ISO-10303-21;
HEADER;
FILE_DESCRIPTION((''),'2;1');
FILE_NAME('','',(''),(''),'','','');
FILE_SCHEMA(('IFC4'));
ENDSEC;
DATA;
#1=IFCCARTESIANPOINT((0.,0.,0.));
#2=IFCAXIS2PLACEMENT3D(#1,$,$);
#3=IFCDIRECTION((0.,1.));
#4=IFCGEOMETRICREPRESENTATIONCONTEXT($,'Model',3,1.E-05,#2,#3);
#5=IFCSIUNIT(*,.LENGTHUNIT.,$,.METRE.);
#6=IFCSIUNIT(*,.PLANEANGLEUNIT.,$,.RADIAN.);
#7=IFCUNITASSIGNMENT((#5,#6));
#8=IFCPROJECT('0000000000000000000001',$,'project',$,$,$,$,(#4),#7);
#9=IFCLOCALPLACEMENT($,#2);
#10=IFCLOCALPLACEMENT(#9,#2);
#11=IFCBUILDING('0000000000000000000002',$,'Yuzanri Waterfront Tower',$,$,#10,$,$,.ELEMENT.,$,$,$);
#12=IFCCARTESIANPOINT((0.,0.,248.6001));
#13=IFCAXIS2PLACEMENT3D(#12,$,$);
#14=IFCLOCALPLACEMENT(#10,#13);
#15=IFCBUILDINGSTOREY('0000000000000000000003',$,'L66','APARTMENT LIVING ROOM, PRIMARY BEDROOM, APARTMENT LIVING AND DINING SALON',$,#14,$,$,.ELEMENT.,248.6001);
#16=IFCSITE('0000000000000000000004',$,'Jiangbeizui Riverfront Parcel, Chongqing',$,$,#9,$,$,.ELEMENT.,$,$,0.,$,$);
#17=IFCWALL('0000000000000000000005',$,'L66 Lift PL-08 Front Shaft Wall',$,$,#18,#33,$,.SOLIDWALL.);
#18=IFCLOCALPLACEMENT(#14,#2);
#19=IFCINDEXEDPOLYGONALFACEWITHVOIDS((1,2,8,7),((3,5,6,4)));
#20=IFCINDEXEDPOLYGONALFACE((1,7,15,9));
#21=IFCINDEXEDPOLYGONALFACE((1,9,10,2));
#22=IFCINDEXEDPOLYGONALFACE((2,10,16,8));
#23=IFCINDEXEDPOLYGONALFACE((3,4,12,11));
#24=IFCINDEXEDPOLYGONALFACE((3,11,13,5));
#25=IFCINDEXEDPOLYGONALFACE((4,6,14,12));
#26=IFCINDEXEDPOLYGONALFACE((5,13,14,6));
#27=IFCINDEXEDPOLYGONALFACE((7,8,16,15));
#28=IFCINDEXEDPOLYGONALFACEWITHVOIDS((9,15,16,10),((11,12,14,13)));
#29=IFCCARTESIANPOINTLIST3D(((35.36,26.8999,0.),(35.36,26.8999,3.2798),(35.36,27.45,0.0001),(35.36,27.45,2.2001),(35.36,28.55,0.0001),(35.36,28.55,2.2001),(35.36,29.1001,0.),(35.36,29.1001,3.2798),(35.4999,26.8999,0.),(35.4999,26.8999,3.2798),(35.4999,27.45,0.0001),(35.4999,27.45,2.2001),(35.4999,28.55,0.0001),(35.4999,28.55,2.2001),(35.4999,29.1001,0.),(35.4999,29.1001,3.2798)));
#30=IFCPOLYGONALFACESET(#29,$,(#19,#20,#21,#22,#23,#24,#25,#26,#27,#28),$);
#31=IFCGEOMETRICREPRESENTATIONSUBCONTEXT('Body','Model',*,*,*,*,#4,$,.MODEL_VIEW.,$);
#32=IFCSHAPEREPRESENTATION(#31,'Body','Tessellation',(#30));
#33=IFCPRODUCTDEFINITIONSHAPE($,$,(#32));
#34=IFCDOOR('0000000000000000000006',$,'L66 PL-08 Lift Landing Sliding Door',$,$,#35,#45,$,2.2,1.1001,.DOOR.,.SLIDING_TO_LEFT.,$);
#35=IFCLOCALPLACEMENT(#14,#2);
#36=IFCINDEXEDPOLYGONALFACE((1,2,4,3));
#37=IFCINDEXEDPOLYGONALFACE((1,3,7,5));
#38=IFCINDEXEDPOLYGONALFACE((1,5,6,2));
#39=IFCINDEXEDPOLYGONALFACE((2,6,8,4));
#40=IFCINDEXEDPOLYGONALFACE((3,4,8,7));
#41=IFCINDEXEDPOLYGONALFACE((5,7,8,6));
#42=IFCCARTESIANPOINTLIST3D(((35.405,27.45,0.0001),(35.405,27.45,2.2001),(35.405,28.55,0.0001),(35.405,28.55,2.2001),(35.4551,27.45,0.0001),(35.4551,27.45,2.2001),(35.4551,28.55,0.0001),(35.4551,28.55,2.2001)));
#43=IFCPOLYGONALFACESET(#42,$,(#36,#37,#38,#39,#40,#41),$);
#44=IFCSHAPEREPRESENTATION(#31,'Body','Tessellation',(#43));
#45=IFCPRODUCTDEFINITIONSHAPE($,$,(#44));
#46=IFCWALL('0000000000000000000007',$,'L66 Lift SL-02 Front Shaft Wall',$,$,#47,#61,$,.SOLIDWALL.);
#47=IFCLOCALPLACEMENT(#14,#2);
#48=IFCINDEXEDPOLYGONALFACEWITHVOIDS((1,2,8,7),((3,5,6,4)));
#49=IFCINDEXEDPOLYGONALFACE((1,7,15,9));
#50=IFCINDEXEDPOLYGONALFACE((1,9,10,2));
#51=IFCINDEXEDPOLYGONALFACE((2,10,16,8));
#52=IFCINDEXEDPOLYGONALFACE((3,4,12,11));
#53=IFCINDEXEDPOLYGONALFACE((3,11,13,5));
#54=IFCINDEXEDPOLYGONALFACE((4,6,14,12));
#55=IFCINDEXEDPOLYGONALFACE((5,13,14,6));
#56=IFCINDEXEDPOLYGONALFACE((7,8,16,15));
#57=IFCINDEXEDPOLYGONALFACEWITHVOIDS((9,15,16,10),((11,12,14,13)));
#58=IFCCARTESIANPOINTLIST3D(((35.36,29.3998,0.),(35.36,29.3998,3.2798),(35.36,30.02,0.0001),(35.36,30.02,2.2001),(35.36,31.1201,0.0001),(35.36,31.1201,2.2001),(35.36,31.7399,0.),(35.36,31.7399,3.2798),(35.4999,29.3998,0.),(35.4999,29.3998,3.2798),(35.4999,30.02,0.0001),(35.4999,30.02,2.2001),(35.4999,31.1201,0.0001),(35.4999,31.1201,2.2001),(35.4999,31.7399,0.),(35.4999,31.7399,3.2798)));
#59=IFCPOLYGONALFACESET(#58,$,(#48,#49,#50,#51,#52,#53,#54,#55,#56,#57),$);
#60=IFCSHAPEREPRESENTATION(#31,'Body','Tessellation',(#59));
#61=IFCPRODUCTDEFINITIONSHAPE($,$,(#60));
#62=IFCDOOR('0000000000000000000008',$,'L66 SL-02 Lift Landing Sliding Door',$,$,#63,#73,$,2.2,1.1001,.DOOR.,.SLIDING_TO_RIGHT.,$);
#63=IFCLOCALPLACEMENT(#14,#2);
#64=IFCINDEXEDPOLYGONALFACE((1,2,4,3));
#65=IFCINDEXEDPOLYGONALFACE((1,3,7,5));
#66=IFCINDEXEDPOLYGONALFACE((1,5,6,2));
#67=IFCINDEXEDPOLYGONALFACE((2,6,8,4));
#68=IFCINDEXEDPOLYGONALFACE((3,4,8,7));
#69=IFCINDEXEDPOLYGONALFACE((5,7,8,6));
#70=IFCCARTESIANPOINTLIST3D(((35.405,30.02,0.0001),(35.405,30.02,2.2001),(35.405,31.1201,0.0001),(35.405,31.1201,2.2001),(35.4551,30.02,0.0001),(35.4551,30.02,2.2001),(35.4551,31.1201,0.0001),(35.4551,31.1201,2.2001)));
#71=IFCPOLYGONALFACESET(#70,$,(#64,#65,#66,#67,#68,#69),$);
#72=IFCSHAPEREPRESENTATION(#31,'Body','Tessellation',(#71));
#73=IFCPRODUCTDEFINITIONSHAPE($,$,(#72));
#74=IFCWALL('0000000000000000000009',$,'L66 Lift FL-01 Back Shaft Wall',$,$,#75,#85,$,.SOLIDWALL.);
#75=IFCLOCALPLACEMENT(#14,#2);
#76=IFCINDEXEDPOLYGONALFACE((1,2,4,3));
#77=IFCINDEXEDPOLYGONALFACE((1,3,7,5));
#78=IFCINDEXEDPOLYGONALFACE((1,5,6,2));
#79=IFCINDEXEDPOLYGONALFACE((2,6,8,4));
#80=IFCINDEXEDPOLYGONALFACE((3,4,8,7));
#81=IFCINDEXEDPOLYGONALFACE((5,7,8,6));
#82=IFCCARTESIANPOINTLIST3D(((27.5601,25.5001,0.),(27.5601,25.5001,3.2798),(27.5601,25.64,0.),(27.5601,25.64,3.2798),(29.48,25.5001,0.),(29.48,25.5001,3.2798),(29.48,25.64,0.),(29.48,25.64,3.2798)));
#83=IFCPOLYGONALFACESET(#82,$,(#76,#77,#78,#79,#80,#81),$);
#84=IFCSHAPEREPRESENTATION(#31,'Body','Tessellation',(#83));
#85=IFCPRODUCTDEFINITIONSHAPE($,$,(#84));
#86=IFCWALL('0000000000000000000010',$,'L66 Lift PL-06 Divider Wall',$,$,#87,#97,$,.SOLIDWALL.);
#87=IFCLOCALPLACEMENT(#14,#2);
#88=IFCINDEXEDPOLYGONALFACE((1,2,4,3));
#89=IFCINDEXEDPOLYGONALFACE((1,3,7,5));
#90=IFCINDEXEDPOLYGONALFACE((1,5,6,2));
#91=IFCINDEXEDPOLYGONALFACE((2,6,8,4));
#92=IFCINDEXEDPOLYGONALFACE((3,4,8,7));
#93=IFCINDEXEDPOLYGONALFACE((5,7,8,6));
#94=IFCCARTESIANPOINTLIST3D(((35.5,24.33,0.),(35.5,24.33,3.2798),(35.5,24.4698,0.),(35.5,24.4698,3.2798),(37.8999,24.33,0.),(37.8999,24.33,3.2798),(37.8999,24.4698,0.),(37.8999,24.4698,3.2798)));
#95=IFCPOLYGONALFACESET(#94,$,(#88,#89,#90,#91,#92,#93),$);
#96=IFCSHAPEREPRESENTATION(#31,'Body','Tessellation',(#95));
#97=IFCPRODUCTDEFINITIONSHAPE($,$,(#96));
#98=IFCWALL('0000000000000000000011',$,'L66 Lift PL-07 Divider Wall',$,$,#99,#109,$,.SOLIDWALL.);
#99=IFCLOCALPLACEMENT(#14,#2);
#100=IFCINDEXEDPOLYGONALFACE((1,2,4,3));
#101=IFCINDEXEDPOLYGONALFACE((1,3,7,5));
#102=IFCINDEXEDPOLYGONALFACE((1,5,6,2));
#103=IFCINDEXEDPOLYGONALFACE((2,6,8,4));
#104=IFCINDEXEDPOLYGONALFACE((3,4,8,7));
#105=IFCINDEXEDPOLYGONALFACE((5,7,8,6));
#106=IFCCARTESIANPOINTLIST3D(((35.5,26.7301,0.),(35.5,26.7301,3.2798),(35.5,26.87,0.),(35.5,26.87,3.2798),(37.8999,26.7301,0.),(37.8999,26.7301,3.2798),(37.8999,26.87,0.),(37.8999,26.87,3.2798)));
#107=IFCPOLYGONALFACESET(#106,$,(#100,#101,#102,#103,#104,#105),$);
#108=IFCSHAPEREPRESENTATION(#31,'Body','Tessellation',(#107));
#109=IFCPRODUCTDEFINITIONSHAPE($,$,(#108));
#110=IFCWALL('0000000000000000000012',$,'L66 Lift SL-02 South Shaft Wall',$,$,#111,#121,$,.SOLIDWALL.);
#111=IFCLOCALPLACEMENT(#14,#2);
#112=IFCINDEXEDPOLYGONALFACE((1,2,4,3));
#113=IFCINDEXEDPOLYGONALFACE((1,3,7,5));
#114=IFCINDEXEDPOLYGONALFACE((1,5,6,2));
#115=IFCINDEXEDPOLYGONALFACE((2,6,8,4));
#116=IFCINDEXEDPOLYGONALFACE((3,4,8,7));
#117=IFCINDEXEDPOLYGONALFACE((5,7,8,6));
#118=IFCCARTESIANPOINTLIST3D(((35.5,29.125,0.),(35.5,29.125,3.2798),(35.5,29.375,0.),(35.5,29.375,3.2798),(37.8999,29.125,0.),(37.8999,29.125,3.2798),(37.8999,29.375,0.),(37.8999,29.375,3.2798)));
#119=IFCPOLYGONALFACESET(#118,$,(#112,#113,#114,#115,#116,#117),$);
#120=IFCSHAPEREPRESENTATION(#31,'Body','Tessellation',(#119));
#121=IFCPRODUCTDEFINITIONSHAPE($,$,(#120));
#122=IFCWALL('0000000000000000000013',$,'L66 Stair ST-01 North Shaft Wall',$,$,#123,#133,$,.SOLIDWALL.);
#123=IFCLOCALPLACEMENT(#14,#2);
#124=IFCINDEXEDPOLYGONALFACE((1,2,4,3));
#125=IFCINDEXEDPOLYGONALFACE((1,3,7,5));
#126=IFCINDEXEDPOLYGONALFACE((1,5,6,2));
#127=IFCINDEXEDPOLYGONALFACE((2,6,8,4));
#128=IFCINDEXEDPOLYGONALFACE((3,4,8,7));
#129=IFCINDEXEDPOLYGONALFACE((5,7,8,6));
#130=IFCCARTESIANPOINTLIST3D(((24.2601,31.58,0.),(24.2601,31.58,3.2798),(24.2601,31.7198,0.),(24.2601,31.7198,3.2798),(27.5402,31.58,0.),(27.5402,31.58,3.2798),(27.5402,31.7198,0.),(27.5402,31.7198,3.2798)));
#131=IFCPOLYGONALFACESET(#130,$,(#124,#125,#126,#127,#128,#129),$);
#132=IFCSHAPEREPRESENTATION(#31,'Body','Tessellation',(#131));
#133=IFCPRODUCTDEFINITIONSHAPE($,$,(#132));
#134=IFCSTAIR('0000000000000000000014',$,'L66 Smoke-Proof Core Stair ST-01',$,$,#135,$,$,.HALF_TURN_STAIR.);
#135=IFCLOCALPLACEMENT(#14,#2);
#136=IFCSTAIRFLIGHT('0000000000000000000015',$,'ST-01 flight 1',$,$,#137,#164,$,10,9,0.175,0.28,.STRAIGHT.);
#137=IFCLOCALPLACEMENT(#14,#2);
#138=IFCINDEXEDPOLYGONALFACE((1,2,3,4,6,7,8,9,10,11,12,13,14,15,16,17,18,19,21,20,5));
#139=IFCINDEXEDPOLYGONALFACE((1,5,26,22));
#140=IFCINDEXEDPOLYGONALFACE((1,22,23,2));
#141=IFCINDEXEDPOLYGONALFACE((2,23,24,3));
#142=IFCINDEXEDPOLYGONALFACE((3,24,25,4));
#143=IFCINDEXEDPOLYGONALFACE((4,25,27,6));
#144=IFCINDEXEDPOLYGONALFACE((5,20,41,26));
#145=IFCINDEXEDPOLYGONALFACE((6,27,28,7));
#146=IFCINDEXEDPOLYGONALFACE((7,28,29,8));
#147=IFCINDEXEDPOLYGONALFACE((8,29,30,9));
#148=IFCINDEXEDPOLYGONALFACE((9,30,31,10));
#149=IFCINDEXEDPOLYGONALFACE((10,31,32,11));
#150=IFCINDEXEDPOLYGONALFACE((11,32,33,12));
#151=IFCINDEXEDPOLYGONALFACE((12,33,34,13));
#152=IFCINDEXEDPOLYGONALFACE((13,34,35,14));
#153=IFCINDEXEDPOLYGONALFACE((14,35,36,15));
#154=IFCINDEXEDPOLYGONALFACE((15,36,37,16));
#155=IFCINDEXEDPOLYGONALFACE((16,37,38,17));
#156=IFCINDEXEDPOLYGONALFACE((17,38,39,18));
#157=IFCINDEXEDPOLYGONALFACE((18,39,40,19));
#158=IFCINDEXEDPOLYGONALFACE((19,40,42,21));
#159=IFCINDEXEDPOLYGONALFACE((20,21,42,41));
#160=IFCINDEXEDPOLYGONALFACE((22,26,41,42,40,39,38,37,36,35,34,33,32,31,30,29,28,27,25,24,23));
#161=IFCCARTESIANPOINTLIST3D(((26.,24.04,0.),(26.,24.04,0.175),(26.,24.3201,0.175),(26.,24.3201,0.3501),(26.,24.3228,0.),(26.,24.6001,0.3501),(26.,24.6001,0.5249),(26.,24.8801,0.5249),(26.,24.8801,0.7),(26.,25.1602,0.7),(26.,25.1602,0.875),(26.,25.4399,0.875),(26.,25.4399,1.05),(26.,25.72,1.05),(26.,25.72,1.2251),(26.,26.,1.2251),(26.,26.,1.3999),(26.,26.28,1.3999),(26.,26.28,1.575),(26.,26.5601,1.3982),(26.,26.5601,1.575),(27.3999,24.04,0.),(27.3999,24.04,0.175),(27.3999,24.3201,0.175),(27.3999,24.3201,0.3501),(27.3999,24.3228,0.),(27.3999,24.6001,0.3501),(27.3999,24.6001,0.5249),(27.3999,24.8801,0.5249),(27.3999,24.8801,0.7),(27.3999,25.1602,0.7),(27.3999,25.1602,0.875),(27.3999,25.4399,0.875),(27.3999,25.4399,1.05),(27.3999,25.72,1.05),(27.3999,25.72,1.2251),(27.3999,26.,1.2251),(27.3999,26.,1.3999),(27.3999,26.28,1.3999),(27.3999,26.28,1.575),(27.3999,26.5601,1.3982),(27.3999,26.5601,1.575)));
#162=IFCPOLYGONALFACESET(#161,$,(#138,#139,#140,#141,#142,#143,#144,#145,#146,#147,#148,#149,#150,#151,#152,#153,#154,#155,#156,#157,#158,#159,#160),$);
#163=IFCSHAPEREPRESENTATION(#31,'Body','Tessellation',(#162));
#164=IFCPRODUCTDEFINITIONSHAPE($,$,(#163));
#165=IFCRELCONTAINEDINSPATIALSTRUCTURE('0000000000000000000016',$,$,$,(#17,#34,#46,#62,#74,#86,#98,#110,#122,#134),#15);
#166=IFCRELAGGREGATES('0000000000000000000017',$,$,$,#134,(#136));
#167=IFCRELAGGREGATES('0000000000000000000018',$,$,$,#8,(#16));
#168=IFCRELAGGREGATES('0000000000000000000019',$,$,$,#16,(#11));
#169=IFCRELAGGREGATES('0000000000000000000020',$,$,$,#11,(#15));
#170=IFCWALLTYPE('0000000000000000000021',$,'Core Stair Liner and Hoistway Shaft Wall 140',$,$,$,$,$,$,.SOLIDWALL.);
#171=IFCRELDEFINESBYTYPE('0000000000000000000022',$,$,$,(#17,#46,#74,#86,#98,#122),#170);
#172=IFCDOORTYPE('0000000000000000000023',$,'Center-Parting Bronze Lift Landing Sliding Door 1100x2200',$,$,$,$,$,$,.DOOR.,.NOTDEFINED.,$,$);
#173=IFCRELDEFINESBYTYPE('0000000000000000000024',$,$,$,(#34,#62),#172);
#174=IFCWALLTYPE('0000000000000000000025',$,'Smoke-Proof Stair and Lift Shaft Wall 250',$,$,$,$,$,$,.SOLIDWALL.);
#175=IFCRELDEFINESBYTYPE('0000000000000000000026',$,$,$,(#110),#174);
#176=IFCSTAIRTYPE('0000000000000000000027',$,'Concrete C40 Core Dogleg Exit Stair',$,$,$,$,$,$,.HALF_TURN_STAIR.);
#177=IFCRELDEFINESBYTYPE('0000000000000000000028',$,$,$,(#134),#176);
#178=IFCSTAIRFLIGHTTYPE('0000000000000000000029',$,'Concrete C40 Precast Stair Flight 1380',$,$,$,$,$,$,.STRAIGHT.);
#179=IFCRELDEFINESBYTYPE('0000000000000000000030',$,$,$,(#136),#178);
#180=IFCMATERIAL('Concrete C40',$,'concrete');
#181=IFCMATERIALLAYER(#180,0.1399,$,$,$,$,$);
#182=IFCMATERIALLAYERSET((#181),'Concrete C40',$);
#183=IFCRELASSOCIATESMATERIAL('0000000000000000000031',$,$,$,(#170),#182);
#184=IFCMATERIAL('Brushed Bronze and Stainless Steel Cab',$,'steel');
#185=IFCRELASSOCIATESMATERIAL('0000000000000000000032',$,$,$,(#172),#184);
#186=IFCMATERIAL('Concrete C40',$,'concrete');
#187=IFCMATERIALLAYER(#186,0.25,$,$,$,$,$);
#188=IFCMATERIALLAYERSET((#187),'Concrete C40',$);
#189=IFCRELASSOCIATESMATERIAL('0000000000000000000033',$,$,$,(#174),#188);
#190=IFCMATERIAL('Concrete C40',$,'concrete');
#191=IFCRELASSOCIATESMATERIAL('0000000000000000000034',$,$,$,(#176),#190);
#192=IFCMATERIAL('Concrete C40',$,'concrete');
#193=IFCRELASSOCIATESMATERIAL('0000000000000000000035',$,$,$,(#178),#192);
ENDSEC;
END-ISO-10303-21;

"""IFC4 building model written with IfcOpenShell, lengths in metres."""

from ifc_helpers import new_model, si_unit, direction, frame, frame_2d, origin, place, context, subcontext, project, spatial, polyline, rectangle, outline, extrude, source, transform, mapped, material, layer, layer_set, type_object, element, fill, aggregate, save


model = new_model("IFC4")

# Units and contexts
model_context = context("Model", 3, precision=1e-05, world=origin(), true_north=direction((0.0, 1.0)))
body_context = subcontext(model_context, "Body", "Model", "MODEL_VIEW")
ifc_project = project(units=[si_unit("LENGTHUNIT", "METRE"), si_unit("PLANEANGLEUNIT", "RADIAN")], contexts=[model_context])

# Site, building, storey
site_placement = place(None, origin())
site = spatial("IfcSite", under=ifc_project, at=site_placement, Name="Jiangbeizui Riverfront Parcel, Chongqing", CompositionType="ELEMENT", RefElevation=0.0)
building_placement = place(site_placement, origin())
building = spatial("IfcBuilding", under=site, at=building_placement, Name="Yuzanri Waterfront Tower", CompositionType="ELEMENT")
storey_placement = place(building_placement, frame((0.0, 0.0, 248.6001)))
storey = spatial("IfcBuildingStorey", under=building, at=storey_placement, Name="L66", Description="APARTMENT LIVING ROOM, PRIMARY BEDROOM, APARTMENT LIVING AND DINING SALON", CompositionType="ELEMENT", Elevation=248.6001)

# Walls, openings, doors
ifc_material_1 = material(Name="Concrete C40", Category="concrete")
ifc_layer_1 = layer(ifc_material_1, 0.1399)
ifc_layer_set_1 = layer_set([ifc_layer_1], Name="Concrete C40")
wall_type_1 = type_object("IfcWallType", Name="Core Stair Liner and Hoistway Shaft Wall 140", PredefinedType="SOLIDWALL", material=ifc_layer_set_1)
ifc_material_2 = material(Name="Brushed Bronze and Stainless Steel Cab", Category="steel")
door_type_1 = type_object("IfcDoorType", Name="Center-Parting Bronze Lift Landing Sliding Door 1100x2200", OperationType="NOTDEFINED", PredefinedType="DOOR", material=ifc_material_2)
shared_shape_1 = source(origin(), body_context, "Body", "SweptSolid", [
    extrude(rectangle(XDim=1.1001, YDim=2.2, at=frame_2d((0.55, 1.1001))), frame((0.0, 0.0249, 0.0), z_axis=(0.0, -1.0, 0.0), x_axis=(1.0, 0.0, 0.0)), (0.0, 0.0, 1.0), 0.05),
])
wall_1_placement = place(storey_placement, frame((35.4299, 26.8999, 0.0), z_axis=(0.0, 0.0, 1.0), x_axis=(0.0, 1.0, 0.0)))
wall_1 = element("IfcWall", 1, at=wall_1_placement, inside=storey, type_object=wall_type_1, Name="L66 Lift PL-08 Front Shaft Wall", PredefinedType="SOLIDWALL", context=body_context, shape_type="SweptSolid", body=[
    extrude(rectangle(XDim=2.2002, YDim=0.1399, at=frame_2d((1.1001, 0.0))), origin(), (0.0, 0.0, 1.0), 3.2798),
])
opening_1_placement = place(wall_1_placement, frame((0.55, 0.0, 0.0)))
opening_1 = element("IfcOpeningElement", 2, at=opening_1_placement, cuts=wall_1, PredefinedType="OPENING", context=body_context, shape_type="SweptSolid", body=[
    extrude(rectangle(XDim=1.1001, YDim=2.2, at=frame_2d((0.55, 1.1001))), frame((0.0, 0.085, 0.0), z_axis=(0.0, -1.0, 0.0), x_axis=(1.0, 0.0, 0.0)), (0.0, 0.0, 1.0), 0.1697),
])
door_1_placement = place(opening_1_placement, origin())
door_1 = element("IfcDoor", 3, at=door_1_placement, inside=storey, type_object=door_type_1, Name="L66 PL-08 Lift Landing Sliding Door", OperationType="SLIDING_TO_LEFT", OverallHeight=2.2, OverallWidth=1.1001, PredefinedType="DOOR", context=body_context, shape_type="MappedRepresentation", body=[
    mapped(shared_shape_1, transform((0.0, 0.0, 0.0), scale=1.0)),
])
fill(opening_1, door_1)
wall_2_placement = place(storey_placement, frame((35.4299, 29.3999, 0.0), z_axis=(0.0, 0.0, 1.0), x_axis=(0.0, 1.0, 0.0)))
wall_2 = element("IfcWall", 4, at=wall_2_placement, inside=storey, type_object=wall_type_1, Name="L66 Lift SL-02 Front Shaft Wall", PredefinedType="SOLIDWALL", context=body_context, shape_type="SweptSolid", body=[
    extrude(rectangle(XDim=2.3401, YDim=0.1399, at=frame_2d((1.1699, 0.0))), origin(), (0.0, 0.0, 1.0), 3.2798),
])
opening_2_placement = place(wall_2_placement, frame((0.6201, 0.0, 0.0)))
opening_2 = element("IfcOpeningElement", 5, at=opening_2_placement, cuts=wall_2, PredefinedType="OPENING", context=body_context, shape_type="SweptSolid", body=[
    extrude(rectangle(XDim=1.1001, YDim=2.2, at=frame_2d((0.55, 1.1001))), frame((0.0, 0.085, 0.0), z_axis=(0.0, -1.0, 0.0), x_axis=(1.0, 0.0, 0.0)), (0.0, 0.0, 1.0), 0.1697),
])
door_2_placement = place(opening_2_placement, origin())
door_2 = element("IfcDoor", 6, at=door_2_placement, inside=storey, type_object=door_type_1, Name="L66 SL-02 Lift Landing Sliding Door", OperationType="SLIDING_TO_RIGHT", OverallHeight=2.2, OverallWidth=1.1001, PredefinedType="DOOR", context=body_context, shape_type="MappedRepresentation", body=[
    mapped(shared_shape_1, transform((0.0, 0.0, 0.0), scale=1.0)),
])
fill(opening_2, door_2)

# Walls
shared_shape_2 = source(origin(), body_context, "Body", "SweptSolid", [
    extrude(rectangle(XDim=1.9199, YDim=0.1399, at=frame_2d((0.96, 0.0))), origin(), (0.0, 0.0, 1.0), 3.2798),
])
wall_3_placement = place(storey_placement, frame((27.5601, 25.5701, 0.0), z_axis=(0.0, 0.0, 1.0), x_axis=(1.0, 0.0, 0.0)))
element("IfcWall", 7, at=wall_3_placement, inside=storey, type_object=wall_type_1, Name="L66 Lift FL-01 Back Shaft Wall", PredefinedType="SOLIDWALL", context=body_context, shape_type="MappedRepresentation", body=[
    mapped(shared_shape_2, transform((0.0, 0.0, 0.0), scale=1.0)),
])
shared_shape_3 = source(origin(), body_context, "Body", "SweptSolid", [
    extrude(rectangle(XDim=2.3999, YDim=0.1399, at=frame_2d((1.2, 0.0))), origin(), (0.0, 0.0, 1.0), 3.2798),
])
for number, where, z_axis, x_axis, name in (
    (8, (35.5, 24.3999, 0.0), (0.0, 0.0, 1.0), (1.0, 0.0, 0.0), "L66 Lift PL-06 Divider Wall"),
    (9, (35.5, 26.8, 0.0), (0.0, 0.0, 1.0), (1.0, 0.0, 0.0), "L66 Lift PL-07 Divider Wall"),
):
    element("IfcWall", number, at=place(storey_placement, frame(where, z_axis=z_axis, x_axis=x_axis)), inside=storey, type_object=wall_type_1, Name=name, PredefinedType="SOLIDWALL", context=body_context, shape_type="MappedRepresentation", body=[
        mapped(shared_shape_3, transform((0.0, 0.0, 0.0), scale=1.0)),
    ])
ifc_material_3 = material(Name="Concrete C40", Category="concrete")
ifc_layer_2 = layer(ifc_material_3, 0.25)
ifc_layer_set_2 = layer_set([ifc_layer_2], Name="Concrete C40")
wall_type_2 = type_object("IfcWallType", Name="Smoke-Proof Stair and Lift Shaft Wall 250", PredefinedType="SOLIDWALL", material=ifc_layer_set_2)
shared_shape_4 = source(origin(), body_context, "Body", "SweptSolid", [
    extrude(rectangle(XDim=2.3999, YDim=0.25, at=frame_2d((1.2, 0.0))), origin(), (0.0, 0.0, 1.0), 3.2798),
])
wall_4_placement = place(storey_placement, frame((35.5, 29.25, 0.0), z_axis=(0.0, 0.0, 1.0), x_axis=(1.0, 0.0, 0.0)))
element("IfcWall", 10, at=wall_4_placement, inside=storey, type_object=wall_type_2, Name="L66 Lift SL-02 South Shaft Wall", PredefinedType="SOLIDWALL", context=body_context, shape_type="MappedRepresentation", body=[
    mapped(shared_shape_4, transform((0.0, 0.0, 0.0), scale=1.0)),
])
shared_shape_5 = source(origin(), body_context, "Body", "SweptSolid", [
    extrude(rectangle(XDim=3.28, YDim=0.1399, at=frame_2d((1.6401, 0.0))), origin(), (0.0, 0.0, 1.0), 3.2798),
])
wall_5_placement = place(storey_placement, frame((24.26, 31.6499, 0.0), z_axis=(0.0, 0.0, 1.0), x_axis=(1.0, 0.0, 0.0)))
element("IfcWall", 11, at=wall_5_placement, inside=storey, type_object=wall_type_1, Name="L66 Stair ST-01 North Shaft Wall", PredefinedType="SOLIDWALL", context=body_context, shape_type="MappedRepresentation", body=[
    mapped(shared_shape_5, transform((0.0, 0.0, 0.0), scale=1.0)),
])

# Stair, stair flight
ifc_material_4 = material(Name="Concrete C40", Category="concrete")
stair_type = type_object("IfcStairType", Name="Concrete C40 Core Dogleg Exit Stair", PredefinedType="HALF_TURN_STAIR", material=ifc_material_4)
stair_placement = place(storey_placement, origin())
stair = element("IfcStair", 12, at=stair_placement, inside=storey, type_object=stair_type, Name="L66 Smoke-Proof Core Stair ST-01", PredefinedType="HALF_TURN_STAIR")
ifc_material_5 = material(Name="Concrete C40", Category="concrete")
stair_flight_type = type_object("IfcStairFlightType", Name="Concrete C40 Precast Stair Flight 1380", PredefinedType="STRAIGHT", material=ifc_material_5)
shared_shape_6 = source(origin(), body_context, "Body", "SweptSolid", [
    extrude(outline(polyline([(0.0, 0.0), (0.0, 0.175), (0.28, 0.175), (0.28, 0.3501), (0.5601, 0.3501), (0.5601, 0.5249), (0.8401, 0.5249), (0.8401, 0.7), (1.1201, 0.7), (1.1201, 0.875), (1.3999, 0.875), (1.3999, 1.05), (1.6799, 1.05), (1.6799, 1.2251), (1.96, 1.2251), (1.96, 1.3999), (2.24, 1.3999), (2.24, 1.575), (2.52, 1.575), (2.52, 1.75), (2.52, 1.3982), (0.2827, 0.0), (0.0, 0.0)])), frame((0.0, 0.7, 0.0), z_axis=(0.0, -1.0, 0.0), x_axis=(1.0, 0.0, 0.0)), (0.0, 0.0, 1.0), 1.3999),
])
stair_flight_1_placement = place(storey_placement, frame((26.7, 24.04, 0.0), z_axis=(0.0, 0.0, 1.0), x_axis=(0.0, 1.0, 0.0)))
stair_flight_1 = element("IfcStairFlight", 13, at=stair_flight_1_placement, type_object=stair_flight_type, Name="ST-01 flight 1", NumberOfRisers=10, NumberOfTreads=9, PredefinedType="STRAIGHT", RiserHeight=0.175, TreadLength=0.28, context=body_context, shape_type="MappedRepresentation", body=[
    mapped(shared_shape_6, transform((0.0, 0.0, 0.0), scale=1.0)),
])
aggregate(stair, [stair_flight_1])

save(model, "model.ifc")
